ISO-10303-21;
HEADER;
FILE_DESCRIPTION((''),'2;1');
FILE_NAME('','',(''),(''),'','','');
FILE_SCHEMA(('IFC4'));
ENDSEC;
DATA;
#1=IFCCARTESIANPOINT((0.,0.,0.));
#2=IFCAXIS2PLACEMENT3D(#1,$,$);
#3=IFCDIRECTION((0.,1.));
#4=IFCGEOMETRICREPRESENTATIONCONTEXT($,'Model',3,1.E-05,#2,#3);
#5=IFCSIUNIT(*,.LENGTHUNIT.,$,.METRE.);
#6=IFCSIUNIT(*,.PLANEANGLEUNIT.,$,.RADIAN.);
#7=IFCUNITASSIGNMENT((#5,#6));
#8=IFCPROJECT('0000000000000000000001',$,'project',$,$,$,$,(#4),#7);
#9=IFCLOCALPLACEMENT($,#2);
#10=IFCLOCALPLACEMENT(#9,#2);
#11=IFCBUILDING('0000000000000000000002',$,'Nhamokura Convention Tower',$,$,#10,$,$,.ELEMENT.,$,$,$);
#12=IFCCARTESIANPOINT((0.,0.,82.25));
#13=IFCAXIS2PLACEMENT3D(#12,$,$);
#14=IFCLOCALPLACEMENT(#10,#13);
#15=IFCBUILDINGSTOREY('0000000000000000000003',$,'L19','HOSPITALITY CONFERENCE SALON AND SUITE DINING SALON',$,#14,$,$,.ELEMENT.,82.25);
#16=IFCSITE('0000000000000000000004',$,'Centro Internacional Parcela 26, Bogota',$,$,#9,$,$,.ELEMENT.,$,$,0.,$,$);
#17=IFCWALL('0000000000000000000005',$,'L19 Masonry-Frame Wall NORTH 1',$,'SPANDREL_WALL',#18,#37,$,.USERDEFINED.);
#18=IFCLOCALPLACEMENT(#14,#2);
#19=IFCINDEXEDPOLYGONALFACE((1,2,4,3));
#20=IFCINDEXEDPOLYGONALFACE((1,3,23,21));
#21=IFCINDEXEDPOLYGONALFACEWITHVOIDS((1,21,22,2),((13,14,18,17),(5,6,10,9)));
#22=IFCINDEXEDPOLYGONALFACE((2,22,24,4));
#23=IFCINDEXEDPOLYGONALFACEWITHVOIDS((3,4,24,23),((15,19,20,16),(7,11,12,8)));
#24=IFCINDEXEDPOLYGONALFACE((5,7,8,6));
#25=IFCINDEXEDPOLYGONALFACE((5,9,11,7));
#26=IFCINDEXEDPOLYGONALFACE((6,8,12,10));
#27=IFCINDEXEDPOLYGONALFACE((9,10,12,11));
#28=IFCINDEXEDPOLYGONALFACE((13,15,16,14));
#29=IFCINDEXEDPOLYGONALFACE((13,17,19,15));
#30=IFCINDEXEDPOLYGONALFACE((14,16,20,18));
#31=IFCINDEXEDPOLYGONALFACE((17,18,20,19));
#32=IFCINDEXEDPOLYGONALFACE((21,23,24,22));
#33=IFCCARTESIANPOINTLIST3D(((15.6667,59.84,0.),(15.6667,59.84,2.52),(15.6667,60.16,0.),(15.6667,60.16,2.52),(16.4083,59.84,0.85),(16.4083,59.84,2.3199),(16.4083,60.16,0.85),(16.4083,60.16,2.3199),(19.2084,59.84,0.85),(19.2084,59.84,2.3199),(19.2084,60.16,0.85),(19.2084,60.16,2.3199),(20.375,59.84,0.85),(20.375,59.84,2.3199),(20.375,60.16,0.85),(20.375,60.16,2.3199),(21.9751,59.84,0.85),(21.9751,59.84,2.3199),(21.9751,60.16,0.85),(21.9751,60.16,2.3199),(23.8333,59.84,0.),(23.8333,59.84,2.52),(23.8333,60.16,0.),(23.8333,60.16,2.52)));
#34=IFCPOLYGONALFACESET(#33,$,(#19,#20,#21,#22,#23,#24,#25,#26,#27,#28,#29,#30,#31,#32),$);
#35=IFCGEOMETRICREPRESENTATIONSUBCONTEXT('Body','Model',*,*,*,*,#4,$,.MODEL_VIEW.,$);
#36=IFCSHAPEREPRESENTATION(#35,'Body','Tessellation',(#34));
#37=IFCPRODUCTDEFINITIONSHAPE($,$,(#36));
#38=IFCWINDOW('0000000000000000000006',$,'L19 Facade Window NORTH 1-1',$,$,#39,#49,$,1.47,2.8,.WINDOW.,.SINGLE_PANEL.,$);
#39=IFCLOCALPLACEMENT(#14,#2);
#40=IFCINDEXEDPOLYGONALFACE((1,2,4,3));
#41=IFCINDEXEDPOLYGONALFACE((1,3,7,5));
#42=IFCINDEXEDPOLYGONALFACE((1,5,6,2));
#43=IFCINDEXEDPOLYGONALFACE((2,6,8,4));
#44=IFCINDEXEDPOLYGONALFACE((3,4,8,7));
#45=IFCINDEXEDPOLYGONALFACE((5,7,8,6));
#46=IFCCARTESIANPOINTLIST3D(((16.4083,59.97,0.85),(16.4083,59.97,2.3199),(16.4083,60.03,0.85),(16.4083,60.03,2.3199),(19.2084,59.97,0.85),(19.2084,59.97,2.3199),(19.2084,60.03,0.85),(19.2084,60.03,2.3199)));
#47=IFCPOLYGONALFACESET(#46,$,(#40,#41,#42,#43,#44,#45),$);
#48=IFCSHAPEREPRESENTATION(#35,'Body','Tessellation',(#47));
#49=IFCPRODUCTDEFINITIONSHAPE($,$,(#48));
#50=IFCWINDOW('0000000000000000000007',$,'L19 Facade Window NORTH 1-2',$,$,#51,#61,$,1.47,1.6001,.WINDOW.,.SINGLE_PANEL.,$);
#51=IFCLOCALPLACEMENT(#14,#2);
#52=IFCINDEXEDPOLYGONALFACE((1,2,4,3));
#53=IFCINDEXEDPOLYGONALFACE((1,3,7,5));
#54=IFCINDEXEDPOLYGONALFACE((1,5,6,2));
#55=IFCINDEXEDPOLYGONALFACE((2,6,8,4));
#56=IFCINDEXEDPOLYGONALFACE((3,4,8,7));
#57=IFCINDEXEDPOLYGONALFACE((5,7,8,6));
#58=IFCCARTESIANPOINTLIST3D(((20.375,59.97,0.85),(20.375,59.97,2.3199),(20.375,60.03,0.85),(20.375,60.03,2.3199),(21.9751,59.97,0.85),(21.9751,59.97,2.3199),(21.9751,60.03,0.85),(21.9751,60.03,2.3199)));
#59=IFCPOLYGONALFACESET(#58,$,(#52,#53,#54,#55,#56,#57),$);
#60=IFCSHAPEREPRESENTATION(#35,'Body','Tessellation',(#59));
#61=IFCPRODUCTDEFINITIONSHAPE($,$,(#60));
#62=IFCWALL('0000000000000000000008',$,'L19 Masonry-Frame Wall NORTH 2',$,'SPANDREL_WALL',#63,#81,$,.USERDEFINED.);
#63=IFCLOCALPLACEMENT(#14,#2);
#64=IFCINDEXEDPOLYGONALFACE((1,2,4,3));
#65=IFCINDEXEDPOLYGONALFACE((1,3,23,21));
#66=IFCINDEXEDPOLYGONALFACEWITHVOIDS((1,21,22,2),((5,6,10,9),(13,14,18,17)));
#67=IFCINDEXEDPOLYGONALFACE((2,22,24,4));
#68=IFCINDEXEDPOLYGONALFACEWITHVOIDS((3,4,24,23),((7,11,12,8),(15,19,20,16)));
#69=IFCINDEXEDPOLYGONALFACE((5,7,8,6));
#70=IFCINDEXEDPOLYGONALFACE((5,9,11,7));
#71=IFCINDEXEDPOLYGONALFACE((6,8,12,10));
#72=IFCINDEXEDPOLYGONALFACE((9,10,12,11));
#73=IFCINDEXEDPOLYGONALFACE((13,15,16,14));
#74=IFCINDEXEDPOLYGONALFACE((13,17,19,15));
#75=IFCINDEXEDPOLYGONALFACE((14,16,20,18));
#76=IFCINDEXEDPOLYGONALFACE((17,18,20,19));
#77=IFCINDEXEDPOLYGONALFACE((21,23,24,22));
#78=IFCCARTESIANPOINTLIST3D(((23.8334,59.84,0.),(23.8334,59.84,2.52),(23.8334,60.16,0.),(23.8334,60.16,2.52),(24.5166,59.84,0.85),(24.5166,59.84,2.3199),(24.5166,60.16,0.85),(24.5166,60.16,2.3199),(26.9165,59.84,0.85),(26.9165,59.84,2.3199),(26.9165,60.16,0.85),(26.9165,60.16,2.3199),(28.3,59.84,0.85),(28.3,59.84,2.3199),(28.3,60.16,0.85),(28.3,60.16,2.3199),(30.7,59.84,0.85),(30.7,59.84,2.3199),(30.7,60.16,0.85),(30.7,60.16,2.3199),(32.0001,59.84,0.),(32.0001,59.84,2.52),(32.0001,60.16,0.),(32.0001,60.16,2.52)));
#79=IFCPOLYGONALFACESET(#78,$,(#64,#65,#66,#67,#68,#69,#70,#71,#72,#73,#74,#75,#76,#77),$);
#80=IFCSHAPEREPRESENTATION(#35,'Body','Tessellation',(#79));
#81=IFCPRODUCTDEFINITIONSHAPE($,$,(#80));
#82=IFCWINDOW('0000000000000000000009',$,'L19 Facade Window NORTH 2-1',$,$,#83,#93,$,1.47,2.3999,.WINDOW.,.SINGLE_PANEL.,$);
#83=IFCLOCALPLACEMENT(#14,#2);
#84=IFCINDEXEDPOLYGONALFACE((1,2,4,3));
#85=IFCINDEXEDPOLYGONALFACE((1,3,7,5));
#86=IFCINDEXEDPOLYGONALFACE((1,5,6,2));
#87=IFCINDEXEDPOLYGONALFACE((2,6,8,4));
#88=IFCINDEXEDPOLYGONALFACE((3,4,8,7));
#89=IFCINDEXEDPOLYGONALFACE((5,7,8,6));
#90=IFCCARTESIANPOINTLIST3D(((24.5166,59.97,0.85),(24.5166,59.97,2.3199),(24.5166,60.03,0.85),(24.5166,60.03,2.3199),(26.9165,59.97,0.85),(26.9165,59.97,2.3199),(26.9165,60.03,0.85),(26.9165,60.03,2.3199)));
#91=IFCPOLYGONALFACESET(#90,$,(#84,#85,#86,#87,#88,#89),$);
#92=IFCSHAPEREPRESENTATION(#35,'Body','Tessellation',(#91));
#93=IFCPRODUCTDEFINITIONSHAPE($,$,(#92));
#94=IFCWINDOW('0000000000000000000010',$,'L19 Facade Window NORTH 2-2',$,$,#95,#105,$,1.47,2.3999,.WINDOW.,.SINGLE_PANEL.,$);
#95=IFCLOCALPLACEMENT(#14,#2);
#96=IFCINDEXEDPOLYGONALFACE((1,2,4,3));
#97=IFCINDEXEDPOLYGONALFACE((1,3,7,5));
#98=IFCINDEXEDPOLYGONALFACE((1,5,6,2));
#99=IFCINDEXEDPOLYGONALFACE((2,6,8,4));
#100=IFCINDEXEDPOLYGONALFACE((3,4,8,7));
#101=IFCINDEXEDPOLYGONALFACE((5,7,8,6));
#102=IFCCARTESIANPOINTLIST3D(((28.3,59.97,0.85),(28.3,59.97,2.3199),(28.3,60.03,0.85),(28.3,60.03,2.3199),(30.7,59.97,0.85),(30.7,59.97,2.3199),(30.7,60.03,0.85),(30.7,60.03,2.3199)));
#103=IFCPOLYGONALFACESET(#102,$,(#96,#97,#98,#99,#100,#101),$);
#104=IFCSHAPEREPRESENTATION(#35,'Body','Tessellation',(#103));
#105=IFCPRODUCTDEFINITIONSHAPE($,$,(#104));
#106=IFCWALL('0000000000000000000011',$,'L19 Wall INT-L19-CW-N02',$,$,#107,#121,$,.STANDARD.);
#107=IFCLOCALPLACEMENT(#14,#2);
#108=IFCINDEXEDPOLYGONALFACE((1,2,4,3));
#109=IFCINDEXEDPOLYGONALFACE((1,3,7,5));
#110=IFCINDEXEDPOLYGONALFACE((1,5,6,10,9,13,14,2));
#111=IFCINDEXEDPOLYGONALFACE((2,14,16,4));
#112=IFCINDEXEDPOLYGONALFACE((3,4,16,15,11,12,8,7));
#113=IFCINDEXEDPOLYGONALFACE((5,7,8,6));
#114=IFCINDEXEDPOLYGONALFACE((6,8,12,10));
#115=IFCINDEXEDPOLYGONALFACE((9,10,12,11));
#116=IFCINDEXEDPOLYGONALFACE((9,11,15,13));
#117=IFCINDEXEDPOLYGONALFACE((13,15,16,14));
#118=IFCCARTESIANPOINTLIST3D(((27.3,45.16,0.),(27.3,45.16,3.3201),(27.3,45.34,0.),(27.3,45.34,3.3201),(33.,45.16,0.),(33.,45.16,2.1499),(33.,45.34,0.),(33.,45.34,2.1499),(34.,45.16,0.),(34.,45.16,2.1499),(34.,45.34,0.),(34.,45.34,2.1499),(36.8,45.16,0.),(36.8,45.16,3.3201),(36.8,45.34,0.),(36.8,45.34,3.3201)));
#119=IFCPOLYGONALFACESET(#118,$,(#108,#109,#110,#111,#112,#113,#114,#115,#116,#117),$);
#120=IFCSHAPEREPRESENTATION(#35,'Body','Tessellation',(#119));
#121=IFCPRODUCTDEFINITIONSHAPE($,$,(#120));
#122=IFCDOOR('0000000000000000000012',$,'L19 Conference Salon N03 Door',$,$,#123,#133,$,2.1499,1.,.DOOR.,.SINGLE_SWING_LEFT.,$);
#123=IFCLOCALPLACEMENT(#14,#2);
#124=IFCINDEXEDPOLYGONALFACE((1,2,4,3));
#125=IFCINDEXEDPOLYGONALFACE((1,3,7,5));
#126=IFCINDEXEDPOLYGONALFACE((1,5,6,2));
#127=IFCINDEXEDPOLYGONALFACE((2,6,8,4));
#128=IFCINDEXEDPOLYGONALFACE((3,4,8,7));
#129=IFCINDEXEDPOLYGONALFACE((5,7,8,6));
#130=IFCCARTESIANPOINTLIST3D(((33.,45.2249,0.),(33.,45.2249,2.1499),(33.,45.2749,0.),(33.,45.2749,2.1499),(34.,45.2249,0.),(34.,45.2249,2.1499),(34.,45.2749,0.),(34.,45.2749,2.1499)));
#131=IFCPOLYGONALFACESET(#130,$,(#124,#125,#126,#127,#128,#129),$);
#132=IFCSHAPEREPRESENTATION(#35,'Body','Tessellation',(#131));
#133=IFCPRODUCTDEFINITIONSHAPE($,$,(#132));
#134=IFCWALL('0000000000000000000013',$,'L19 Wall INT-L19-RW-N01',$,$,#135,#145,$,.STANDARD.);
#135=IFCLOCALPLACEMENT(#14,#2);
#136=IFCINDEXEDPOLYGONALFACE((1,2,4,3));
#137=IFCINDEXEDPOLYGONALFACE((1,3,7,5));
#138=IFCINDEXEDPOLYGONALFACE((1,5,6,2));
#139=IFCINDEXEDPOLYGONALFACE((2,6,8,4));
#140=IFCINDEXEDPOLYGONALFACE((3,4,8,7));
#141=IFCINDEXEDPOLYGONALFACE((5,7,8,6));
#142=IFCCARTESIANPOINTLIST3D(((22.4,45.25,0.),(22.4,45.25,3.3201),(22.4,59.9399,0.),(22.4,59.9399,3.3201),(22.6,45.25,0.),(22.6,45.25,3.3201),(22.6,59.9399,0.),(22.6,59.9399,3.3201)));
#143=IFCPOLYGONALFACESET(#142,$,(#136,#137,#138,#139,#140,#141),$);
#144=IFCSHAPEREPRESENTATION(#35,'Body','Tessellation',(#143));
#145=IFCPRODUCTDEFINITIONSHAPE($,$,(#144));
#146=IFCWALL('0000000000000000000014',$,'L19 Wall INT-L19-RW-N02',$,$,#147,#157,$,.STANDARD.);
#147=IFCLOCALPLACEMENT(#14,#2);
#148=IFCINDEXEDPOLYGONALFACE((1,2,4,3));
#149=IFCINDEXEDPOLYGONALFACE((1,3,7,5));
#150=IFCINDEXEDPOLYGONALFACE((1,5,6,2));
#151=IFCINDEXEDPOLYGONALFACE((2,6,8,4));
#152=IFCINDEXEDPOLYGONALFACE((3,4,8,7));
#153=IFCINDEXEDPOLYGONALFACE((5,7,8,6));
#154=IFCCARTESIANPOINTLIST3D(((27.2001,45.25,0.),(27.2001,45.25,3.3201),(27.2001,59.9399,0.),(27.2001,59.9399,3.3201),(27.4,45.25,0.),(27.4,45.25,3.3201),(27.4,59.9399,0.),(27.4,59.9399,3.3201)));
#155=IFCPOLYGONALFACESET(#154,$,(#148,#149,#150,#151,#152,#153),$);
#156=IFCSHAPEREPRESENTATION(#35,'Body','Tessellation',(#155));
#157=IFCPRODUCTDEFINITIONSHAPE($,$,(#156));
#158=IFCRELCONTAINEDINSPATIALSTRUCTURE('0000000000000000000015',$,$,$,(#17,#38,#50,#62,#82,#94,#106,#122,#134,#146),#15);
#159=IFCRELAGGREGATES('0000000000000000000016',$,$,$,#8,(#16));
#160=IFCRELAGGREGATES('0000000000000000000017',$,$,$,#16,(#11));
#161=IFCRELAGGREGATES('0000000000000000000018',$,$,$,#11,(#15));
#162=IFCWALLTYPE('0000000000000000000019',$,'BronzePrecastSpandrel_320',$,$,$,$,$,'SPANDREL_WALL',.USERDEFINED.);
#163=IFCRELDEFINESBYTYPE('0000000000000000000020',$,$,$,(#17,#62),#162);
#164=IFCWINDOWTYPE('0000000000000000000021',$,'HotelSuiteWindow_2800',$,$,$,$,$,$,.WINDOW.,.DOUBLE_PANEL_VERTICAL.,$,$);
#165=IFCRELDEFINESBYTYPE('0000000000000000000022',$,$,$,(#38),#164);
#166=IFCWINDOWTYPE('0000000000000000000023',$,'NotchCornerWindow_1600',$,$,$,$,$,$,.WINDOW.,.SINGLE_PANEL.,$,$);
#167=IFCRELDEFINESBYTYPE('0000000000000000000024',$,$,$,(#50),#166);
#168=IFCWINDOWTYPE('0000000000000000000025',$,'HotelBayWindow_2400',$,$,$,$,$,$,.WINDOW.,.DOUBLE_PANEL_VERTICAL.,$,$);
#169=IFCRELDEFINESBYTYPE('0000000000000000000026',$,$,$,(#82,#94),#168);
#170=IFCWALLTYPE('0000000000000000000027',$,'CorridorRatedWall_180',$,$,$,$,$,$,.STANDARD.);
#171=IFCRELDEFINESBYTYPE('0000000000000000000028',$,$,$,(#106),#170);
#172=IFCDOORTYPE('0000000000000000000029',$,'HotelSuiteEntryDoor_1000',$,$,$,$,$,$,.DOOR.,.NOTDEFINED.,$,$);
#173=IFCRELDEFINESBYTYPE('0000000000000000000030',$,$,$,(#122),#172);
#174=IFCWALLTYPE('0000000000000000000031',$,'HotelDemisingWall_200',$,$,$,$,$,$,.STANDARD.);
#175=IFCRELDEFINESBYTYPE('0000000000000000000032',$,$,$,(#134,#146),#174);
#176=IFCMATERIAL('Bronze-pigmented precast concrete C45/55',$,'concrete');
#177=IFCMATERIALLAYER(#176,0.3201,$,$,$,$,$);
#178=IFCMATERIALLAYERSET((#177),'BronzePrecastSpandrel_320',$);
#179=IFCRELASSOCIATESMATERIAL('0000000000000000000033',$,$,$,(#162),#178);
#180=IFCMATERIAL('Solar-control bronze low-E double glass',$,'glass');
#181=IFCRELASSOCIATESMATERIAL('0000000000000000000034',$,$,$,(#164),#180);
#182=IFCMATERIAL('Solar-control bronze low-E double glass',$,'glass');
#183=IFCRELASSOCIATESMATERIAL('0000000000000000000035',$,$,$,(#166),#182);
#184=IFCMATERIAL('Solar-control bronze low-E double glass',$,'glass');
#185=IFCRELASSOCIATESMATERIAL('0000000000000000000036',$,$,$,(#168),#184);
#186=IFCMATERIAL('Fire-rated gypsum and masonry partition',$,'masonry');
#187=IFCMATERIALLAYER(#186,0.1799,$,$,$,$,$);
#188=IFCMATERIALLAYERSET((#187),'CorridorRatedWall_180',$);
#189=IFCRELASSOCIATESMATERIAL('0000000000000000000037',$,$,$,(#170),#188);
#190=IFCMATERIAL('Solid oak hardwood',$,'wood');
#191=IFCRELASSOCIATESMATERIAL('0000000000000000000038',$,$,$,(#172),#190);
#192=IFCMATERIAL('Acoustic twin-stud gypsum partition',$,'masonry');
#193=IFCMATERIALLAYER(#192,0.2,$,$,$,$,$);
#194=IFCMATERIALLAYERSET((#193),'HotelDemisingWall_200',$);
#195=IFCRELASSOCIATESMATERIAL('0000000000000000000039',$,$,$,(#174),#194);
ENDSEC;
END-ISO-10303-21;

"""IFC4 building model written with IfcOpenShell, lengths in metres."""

from ifc_helpers import new_model, si_unit, direction, frame, frame_2d, origin, place, context, subcontext, project, spatial, rectangle, extrude, material, layer, layer_set, type_object, element, fill, save


model = new_model("IFC4")

# Units and contexts
model_context = context("Model", 3, precision=1e-05, world=origin(), true_north=direction((0.0, 1.0)))
body_context = subcontext(model_context, "Body", "Model", "MODEL_VIEW")
ifc_project = project(units=[si_unit("LENGTHUNIT", "METRE"), si_unit("PLANEANGLEUNIT", "RADIAN")], contexts=[model_context])

# Site, building, storey
site_placement = place(None, origin())
site = spatial("IfcSite", under=ifc_project, at=site_placement, Name="Centro Internacional Parcela 26, Bogota", CompositionType="ELEMENT", RefElevation=0.0)
building_placement = place(site_placement, origin())
building = spatial("IfcBuilding", under=site, at=building_placement, Name="Nhamokura Convention Tower", CompositionType="ELEMENT")
storey_placement = place(building_placement, frame((0.0, 0.0, 82.25)))
storey = spatial("IfcBuildingStorey", under=building, at=storey_placement, Name="L19", Description="HOSPITALITY CONFERENCE SALON AND SUITE DINING SALON", CompositionType="ELEMENT", Elevation=82.25)

# Walls, openings, windows
ifc_material_1 = material(Name="Bronze-pigmented precast concrete C45/55", Category="concrete")
ifc_layer_1 = layer(ifc_material_1, 0.3201)
ifc_layer_set_1 = layer_set([ifc_layer_1], Name="BronzePrecastSpandrel_320")
wall_type_1 = type_object("IfcWallType", Name="BronzePrecastSpandrel_320", ElementType="SPANDREL_WALL", PredefinedType="USERDEFINED", material=ifc_layer_set_1)
wall_1_placement = place(storey_placement, frame((15.6667, 60.0, 0.0), z_axis=(0.0, 0.0, 1.0), x_axis=(1.0, 0.0, 0.0)))
wall_1 = element("IfcWall", 1, at=wall_1_placement, inside=storey, type_object=wall_type_1, Name="L19 Masonry-Frame Wall NORTH 1", ObjectType="SPANDREL_WALL", PredefinedType="USERDEFINED", context=body_context, shape_type="SweptSolid", body=[
    extrude(rectangle(XDim=8.1665, YDim=0.3201, at=frame_2d((4.0833, 0.0))), origin(), (0.0, 0.0, 1.0), 2.52),
])
opening_1_placement = place(wall_1_placement, frame((0.7417, 0.0, 0.8501)))
opening_1 = element("IfcOpeningElement", 2, at=opening_1_placement, cuts=wall_1, PredefinedType="OPENING", context=body_context, shape_type="SweptSolid", body=[
    extrude(rectangle(XDim=2.8, YDim=1.47, at=frame_2d((1.3999, 0.7349))), frame((0.0, 0.1699, 0.0), z_axis=(0.0, -1.0, 0.0), x_axis=(1.0, 0.0, 0.0)), (0.0, 0.0, 1.0), 0.3401),
])
opening_2_placement = place(wall_1_placement, frame((4.7083, 0.0, 0.8501)))
opening_2 = element("IfcOpeningElement", 3, at=opening_2_placement, cuts=wall_1, PredefinedType="OPENING", context=body_context, shape_type="SweptSolid", body=[
    extrude(rectangle(XDim=1.6001, YDim=1.47, at=frame_2d((0.8, 0.7349))), frame((0.0, 0.1699, 0.0), z_axis=(0.0, -1.0, 0.0), x_axis=(1.0, 0.0, 0.0)), (0.0, 0.0, 1.0), 0.3401),
])
ifc_material_2 = material(Name="Solar-control bronze low-E double glass", Category="glass")
window_type_1 = type_object("IfcWindowType", Name="HotelSuiteWindow_2800", PartitioningType="DOUBLE_PANEL_VERTICAL", PredefinedType="WINDOW", material=ifc_material_2)
window_1_placement = place(opening_1_placement, origin())
window_1 = element("IfcWindow", 4, at=window_1_placement, inside=storey, type_object=window_type_1, Name="L19 Facade Window NORTH 1-1", OverallHeight=1.47, OverallWidth=2.8, PartitioningType="SINGLE_PANEL", PredefinedType="WINDOW", context=body_context, shape_type="SweptSolid", body=[
    extrude(rectangle(XDim=2.8, YDim=1.47, at=frame_2d((1.3999, 0.7349))), frame((0.0, 0.03, 0.0), z_axis=(0.0, -1.0, 0.0), x_axis=(1.0, 0.0, 0.0)), (0.0, 0.0, 1.0), 0.0601),
])
fill(opening_1, window_1)
ifc_material_3 = material(Name="Solar-control bronze low-E double glass", Category="glass")
window_type_2 = type_object("IfcWindowType", Name="NotchCornerWindow_1600", PartitioningType="SINGLE_PANEL", PredefinedType="WINDOW", material=ifc_material_3)
window_2_placement = place(opening_2_placement, origin())
window_2 = element("IfcWindow", 5, at=window_2_placement, inside=storey, type_object=window_type_2, Name="L19 Facade Window NORTH 1-2", OverallHeight=1.47, OverallWidth=1.6001, PartitioningType="SINGLE_PANEL", PredefinedType="WINDOW", context=body_context, shape_type="SweptSolid", body=[
    extrude(rectangle(XDim=1.6001, YDim=1.47, at=frame_2d((0.8, 0.7349))), frame((0.0, 0.03, 0.0), z_axis=(0.0, -1.0, 0.0), x_axis=(1.0, 0.0, 0.0)), (0.0, 0.0, 1.0), 0.0601),
])
fill(opening_2, window_2)
wall_2_placement = place(storey_placement, frame((23.8333, 60.0, 0.0), z_axis=(0.0, 0.0, 1.0), x_axis=(1.0, 0.0, 0.0)))
wall_2 = element("IfcWall", 6, at=wall_2_placement, inside=storey, type_object=wall_type_1, Name="L19 Masonry-Frame Wall NORTH 2", ObjectType="SPANDREL_WALL", PredefinedType="USERDEFINED", context=body_context, shape_type="SweptSolid", body=[
    extrude(rectangle(XDim=8.1667, YDim=0.3201, at=frame_2d((4.0835, 0.0))), origin(), (0.0, 0.0, 1.0), 2.52),
])
opening_3_placement = place(wall_2_placement, frame((0.6833, 0.0, 0.8501)))
opening_3 = element("IfcOpeningElement", 7, at=opening_3_placement, cuts=wall_2, PredefinedType="OPENING", context=body_context, shape_type="SweptSolid", body=[
    extrude(rectangle(XDim=2.3999, YDim=1.47, at=frame_2d((1.2, 0.7349))), frame((0.0, 0.1699, 0.0), z_axis=(0.0, -1.0, 0.0), x_axis=(1.0, 0.0, 0.0)), (0.0, 0.0, 1.0), 0.3401),
])
opening_4_placement = place(wall_2_placement, frame((4.4668, 0.0, 0.8501)))
opening_4 = element("IfcOpeningElement", 8, at=opening_4_placement, cuts=wall_2, PredefinedType="OPENING", context=body_context, shape_type="SweptSolid", body=[
    extrude(rectangle(XDim=2.3999, YDim=1.47, at=frame_2d((1.2, 0.7349))), frame((0.0, 0.1699, 0.0), z_axis=(0.0, -1.0, 0.0), x_axis=(1.0, 0.0, 0.0)), (0.0, 0.0, 1.0), 0.3401),
])
ifc_material_4 = material(Name="Solar-control bronze low-E double glass", Category="glass")
window_type_3 = type_object("IfcWindowType", Name="HotelBayWindow_2400", PartitioningType="DOUBLE_PANEL_VERTICAL", PredefinedType="WINDOW", material=ifc_material_4)
window_3_placement = place(opening_3_placement, origin())
window_3 = element("IfcWindow", 9, at=window_3_placement, inside=storey, type_object=window_type_3, Name="L19 Facade Window NORTH 2-1", OverallHeight=1.47, OverallWidth=2.3999, PartitioningType="SINGLE_PANEL", PredefinedType="WINDOW", context=body_context, shape_type="SweptSolid", body=[
    extrude(rectangle(XDim=2.3999, YDim=1.47, at=frame_2d((1.2, 0.7349))), frame((0.0, 0.03, 0.0), z_axis=(0.0, -1.0, 0.0), x_axis=(1.0, 0.0, 0.0)), (0.0, 0.0, 1.0), 0.0601),
])
fill(opening_3, window_3)
window_4_placement = place(opening_4_placement, origin())
window_4 = element("IfcWindow", 10, at=window_4_placement, inside=storey, type_object=window_type_3, Name="L19 Facade Window NORTH 2-2", OverallHeight=1.47, OverallWidth=2.3999, PartitioningType="SINGLE_PANEL", PredefinedType="WINDOW", context=body_context, shape_type="SweptSolid", body=[
    extrude(rectangle(XDim=2.3999, YDim=1.47, at=frame_2d((1.2, 0.7349))), frame((0.0, 0.03, 0.0), z_axis=(0.0, -1.0, 0.0), x_axis=(1.0, 0.0, 0.0)), (0.0, 0.0, 1.0), 0.0601),
])
fill(opening_4, window_4)

# Wall, opening, door
ifc_material_5 = material(Name="Fire-rated gypsum and masonry partition", Category="masonry")
ifc_layer_2 = layer(ifc_material_5, 0.1799)
ifc_layer_set_2 = layer_set([ifc_layer_2], Name="CorridorRatedWall_180")
wall_type_2 = type_object("IfcWallType", Name="CorridorRatedWall_180", PredefinedType="STANDARD", material=ifc_layer_set_2)
ifc_material_6 = material(Name="Solid oak hardwood", Category="wood")
door_type = type_object("IfcDoorType", Name="HotelSuiteEntryDoor_1000", OperationType="NOTDEFINED", PredefinedType="DOOR", material=ifc_material_6)
wall_3_placement = place(storey_placement, frame((27.3, 45.25, 0.0), z_axis=(0.0, 0.0, 1.0), x_axis=(1.0, 0.0, 0.0)))
wall_3 = element("IfcWall", 11, at=wall_3_placement, inside=storey, type_object=wall_type_2, Name="L19 Wall INT-L19-CW-N02", PredefinedType="STANDARD", context=body_context, shape_type="SweptSolid", body=[
    extrude(rectangle(XDim=9.5, YDim=0.1799, at=frame_2d((4.75, 0.0))), origin(), (0.0, 0.0, 1.0), 3.3201),
])
opening_5_placement = place(wall_3_placement, frame((5.7, 0.0, 0.0)))
opening_5 = element("IfcOpeningElement", 12, at=opening_5_placement, cuts=wall_3, PredefinedType="OPENING", context=body_context, shape_type="SweptSolid", body=[
    extrude(rectangle(XDim=1.0, YDim=2.1499, at=frame_2d((0.5, 1.075))), frame((0.0, 0.0999, 0.0), z_axis=(0.0, -1.0, 0.0), x_axis=(1.0, 0.0, 0.0)), (0.0, 0.0, 1.0), 0.2),
])
door_1_placement = place(opening_5_placement, origin())
door_1 = element("IfcDoor", 13, at=door_1_placement, inside=storey, type_object=door_type, Name="L19 Conference Salon N03 Door", OperationType="SINGLE_SWING_LEFT", OverallHeight=2.1499, OverallWidth=1.0, PredefinedType="DOOR", context=body_context, shape_type="SweptSolid", body=[
    extrude(rectangle(XDim=1.0, YDim=2.1499, at=frame_2d((0.5, 1.075))), frame((0.0, 0.0249, 0.0), z_axis=(0.0, -1.0, 0.0), x_axis=(1.0, 0.0, 0.0)), (0.0, 0.0, 1.0), 0.05),
])
fill(opening_5, door_1)

# Walls
ifc_material_7 = material(Name="Acoustic twin-stud gypsum partition", Category="masonry")
ifc_layer_3 = layer(ifc_material_7, 0.2)
ifc_layer_set_3 = layer_set([ifc_layer_3], Name="HotelDemisingWall_200")
wall_type_3 = type_object("IfcWallType", Name="HotelDemisingWall_200", PredefinedType="STANDARD", material=ifc_layer_set_3)
for number, where, z_axis, x_axis, name in (
    (14, (22.5, 45.25, 0.0), (0.0, 0.0, 1.0), (0.0, 1.0, 0.0), "L19 Wall INT-L19-RW-N01"),
    (15, (27.3, 45.25, 0.0), (0.0, 0.0, 1.0), (0.0, 1.0, 0.0), "L19 Wall INT-L19-RW-N02"),
):
    element("IfcWall", number, at=place(storey_placement, frame(where, z_axis=z_axis, x_axis=x_axis)), inside=storey, type_object=wall_type_3, Name=name, PredefinedType="STANDARD", context=body_context, shape_type="SweptSolid", body=[
        extrude(rectangle(XDim=14.6899, YDim=0.2, at=frame_2d((7.345, 0.0))), origin(), (0.0, 0.0, 1.0), 3.3201),
    ])

save(model, "model.ifc")
